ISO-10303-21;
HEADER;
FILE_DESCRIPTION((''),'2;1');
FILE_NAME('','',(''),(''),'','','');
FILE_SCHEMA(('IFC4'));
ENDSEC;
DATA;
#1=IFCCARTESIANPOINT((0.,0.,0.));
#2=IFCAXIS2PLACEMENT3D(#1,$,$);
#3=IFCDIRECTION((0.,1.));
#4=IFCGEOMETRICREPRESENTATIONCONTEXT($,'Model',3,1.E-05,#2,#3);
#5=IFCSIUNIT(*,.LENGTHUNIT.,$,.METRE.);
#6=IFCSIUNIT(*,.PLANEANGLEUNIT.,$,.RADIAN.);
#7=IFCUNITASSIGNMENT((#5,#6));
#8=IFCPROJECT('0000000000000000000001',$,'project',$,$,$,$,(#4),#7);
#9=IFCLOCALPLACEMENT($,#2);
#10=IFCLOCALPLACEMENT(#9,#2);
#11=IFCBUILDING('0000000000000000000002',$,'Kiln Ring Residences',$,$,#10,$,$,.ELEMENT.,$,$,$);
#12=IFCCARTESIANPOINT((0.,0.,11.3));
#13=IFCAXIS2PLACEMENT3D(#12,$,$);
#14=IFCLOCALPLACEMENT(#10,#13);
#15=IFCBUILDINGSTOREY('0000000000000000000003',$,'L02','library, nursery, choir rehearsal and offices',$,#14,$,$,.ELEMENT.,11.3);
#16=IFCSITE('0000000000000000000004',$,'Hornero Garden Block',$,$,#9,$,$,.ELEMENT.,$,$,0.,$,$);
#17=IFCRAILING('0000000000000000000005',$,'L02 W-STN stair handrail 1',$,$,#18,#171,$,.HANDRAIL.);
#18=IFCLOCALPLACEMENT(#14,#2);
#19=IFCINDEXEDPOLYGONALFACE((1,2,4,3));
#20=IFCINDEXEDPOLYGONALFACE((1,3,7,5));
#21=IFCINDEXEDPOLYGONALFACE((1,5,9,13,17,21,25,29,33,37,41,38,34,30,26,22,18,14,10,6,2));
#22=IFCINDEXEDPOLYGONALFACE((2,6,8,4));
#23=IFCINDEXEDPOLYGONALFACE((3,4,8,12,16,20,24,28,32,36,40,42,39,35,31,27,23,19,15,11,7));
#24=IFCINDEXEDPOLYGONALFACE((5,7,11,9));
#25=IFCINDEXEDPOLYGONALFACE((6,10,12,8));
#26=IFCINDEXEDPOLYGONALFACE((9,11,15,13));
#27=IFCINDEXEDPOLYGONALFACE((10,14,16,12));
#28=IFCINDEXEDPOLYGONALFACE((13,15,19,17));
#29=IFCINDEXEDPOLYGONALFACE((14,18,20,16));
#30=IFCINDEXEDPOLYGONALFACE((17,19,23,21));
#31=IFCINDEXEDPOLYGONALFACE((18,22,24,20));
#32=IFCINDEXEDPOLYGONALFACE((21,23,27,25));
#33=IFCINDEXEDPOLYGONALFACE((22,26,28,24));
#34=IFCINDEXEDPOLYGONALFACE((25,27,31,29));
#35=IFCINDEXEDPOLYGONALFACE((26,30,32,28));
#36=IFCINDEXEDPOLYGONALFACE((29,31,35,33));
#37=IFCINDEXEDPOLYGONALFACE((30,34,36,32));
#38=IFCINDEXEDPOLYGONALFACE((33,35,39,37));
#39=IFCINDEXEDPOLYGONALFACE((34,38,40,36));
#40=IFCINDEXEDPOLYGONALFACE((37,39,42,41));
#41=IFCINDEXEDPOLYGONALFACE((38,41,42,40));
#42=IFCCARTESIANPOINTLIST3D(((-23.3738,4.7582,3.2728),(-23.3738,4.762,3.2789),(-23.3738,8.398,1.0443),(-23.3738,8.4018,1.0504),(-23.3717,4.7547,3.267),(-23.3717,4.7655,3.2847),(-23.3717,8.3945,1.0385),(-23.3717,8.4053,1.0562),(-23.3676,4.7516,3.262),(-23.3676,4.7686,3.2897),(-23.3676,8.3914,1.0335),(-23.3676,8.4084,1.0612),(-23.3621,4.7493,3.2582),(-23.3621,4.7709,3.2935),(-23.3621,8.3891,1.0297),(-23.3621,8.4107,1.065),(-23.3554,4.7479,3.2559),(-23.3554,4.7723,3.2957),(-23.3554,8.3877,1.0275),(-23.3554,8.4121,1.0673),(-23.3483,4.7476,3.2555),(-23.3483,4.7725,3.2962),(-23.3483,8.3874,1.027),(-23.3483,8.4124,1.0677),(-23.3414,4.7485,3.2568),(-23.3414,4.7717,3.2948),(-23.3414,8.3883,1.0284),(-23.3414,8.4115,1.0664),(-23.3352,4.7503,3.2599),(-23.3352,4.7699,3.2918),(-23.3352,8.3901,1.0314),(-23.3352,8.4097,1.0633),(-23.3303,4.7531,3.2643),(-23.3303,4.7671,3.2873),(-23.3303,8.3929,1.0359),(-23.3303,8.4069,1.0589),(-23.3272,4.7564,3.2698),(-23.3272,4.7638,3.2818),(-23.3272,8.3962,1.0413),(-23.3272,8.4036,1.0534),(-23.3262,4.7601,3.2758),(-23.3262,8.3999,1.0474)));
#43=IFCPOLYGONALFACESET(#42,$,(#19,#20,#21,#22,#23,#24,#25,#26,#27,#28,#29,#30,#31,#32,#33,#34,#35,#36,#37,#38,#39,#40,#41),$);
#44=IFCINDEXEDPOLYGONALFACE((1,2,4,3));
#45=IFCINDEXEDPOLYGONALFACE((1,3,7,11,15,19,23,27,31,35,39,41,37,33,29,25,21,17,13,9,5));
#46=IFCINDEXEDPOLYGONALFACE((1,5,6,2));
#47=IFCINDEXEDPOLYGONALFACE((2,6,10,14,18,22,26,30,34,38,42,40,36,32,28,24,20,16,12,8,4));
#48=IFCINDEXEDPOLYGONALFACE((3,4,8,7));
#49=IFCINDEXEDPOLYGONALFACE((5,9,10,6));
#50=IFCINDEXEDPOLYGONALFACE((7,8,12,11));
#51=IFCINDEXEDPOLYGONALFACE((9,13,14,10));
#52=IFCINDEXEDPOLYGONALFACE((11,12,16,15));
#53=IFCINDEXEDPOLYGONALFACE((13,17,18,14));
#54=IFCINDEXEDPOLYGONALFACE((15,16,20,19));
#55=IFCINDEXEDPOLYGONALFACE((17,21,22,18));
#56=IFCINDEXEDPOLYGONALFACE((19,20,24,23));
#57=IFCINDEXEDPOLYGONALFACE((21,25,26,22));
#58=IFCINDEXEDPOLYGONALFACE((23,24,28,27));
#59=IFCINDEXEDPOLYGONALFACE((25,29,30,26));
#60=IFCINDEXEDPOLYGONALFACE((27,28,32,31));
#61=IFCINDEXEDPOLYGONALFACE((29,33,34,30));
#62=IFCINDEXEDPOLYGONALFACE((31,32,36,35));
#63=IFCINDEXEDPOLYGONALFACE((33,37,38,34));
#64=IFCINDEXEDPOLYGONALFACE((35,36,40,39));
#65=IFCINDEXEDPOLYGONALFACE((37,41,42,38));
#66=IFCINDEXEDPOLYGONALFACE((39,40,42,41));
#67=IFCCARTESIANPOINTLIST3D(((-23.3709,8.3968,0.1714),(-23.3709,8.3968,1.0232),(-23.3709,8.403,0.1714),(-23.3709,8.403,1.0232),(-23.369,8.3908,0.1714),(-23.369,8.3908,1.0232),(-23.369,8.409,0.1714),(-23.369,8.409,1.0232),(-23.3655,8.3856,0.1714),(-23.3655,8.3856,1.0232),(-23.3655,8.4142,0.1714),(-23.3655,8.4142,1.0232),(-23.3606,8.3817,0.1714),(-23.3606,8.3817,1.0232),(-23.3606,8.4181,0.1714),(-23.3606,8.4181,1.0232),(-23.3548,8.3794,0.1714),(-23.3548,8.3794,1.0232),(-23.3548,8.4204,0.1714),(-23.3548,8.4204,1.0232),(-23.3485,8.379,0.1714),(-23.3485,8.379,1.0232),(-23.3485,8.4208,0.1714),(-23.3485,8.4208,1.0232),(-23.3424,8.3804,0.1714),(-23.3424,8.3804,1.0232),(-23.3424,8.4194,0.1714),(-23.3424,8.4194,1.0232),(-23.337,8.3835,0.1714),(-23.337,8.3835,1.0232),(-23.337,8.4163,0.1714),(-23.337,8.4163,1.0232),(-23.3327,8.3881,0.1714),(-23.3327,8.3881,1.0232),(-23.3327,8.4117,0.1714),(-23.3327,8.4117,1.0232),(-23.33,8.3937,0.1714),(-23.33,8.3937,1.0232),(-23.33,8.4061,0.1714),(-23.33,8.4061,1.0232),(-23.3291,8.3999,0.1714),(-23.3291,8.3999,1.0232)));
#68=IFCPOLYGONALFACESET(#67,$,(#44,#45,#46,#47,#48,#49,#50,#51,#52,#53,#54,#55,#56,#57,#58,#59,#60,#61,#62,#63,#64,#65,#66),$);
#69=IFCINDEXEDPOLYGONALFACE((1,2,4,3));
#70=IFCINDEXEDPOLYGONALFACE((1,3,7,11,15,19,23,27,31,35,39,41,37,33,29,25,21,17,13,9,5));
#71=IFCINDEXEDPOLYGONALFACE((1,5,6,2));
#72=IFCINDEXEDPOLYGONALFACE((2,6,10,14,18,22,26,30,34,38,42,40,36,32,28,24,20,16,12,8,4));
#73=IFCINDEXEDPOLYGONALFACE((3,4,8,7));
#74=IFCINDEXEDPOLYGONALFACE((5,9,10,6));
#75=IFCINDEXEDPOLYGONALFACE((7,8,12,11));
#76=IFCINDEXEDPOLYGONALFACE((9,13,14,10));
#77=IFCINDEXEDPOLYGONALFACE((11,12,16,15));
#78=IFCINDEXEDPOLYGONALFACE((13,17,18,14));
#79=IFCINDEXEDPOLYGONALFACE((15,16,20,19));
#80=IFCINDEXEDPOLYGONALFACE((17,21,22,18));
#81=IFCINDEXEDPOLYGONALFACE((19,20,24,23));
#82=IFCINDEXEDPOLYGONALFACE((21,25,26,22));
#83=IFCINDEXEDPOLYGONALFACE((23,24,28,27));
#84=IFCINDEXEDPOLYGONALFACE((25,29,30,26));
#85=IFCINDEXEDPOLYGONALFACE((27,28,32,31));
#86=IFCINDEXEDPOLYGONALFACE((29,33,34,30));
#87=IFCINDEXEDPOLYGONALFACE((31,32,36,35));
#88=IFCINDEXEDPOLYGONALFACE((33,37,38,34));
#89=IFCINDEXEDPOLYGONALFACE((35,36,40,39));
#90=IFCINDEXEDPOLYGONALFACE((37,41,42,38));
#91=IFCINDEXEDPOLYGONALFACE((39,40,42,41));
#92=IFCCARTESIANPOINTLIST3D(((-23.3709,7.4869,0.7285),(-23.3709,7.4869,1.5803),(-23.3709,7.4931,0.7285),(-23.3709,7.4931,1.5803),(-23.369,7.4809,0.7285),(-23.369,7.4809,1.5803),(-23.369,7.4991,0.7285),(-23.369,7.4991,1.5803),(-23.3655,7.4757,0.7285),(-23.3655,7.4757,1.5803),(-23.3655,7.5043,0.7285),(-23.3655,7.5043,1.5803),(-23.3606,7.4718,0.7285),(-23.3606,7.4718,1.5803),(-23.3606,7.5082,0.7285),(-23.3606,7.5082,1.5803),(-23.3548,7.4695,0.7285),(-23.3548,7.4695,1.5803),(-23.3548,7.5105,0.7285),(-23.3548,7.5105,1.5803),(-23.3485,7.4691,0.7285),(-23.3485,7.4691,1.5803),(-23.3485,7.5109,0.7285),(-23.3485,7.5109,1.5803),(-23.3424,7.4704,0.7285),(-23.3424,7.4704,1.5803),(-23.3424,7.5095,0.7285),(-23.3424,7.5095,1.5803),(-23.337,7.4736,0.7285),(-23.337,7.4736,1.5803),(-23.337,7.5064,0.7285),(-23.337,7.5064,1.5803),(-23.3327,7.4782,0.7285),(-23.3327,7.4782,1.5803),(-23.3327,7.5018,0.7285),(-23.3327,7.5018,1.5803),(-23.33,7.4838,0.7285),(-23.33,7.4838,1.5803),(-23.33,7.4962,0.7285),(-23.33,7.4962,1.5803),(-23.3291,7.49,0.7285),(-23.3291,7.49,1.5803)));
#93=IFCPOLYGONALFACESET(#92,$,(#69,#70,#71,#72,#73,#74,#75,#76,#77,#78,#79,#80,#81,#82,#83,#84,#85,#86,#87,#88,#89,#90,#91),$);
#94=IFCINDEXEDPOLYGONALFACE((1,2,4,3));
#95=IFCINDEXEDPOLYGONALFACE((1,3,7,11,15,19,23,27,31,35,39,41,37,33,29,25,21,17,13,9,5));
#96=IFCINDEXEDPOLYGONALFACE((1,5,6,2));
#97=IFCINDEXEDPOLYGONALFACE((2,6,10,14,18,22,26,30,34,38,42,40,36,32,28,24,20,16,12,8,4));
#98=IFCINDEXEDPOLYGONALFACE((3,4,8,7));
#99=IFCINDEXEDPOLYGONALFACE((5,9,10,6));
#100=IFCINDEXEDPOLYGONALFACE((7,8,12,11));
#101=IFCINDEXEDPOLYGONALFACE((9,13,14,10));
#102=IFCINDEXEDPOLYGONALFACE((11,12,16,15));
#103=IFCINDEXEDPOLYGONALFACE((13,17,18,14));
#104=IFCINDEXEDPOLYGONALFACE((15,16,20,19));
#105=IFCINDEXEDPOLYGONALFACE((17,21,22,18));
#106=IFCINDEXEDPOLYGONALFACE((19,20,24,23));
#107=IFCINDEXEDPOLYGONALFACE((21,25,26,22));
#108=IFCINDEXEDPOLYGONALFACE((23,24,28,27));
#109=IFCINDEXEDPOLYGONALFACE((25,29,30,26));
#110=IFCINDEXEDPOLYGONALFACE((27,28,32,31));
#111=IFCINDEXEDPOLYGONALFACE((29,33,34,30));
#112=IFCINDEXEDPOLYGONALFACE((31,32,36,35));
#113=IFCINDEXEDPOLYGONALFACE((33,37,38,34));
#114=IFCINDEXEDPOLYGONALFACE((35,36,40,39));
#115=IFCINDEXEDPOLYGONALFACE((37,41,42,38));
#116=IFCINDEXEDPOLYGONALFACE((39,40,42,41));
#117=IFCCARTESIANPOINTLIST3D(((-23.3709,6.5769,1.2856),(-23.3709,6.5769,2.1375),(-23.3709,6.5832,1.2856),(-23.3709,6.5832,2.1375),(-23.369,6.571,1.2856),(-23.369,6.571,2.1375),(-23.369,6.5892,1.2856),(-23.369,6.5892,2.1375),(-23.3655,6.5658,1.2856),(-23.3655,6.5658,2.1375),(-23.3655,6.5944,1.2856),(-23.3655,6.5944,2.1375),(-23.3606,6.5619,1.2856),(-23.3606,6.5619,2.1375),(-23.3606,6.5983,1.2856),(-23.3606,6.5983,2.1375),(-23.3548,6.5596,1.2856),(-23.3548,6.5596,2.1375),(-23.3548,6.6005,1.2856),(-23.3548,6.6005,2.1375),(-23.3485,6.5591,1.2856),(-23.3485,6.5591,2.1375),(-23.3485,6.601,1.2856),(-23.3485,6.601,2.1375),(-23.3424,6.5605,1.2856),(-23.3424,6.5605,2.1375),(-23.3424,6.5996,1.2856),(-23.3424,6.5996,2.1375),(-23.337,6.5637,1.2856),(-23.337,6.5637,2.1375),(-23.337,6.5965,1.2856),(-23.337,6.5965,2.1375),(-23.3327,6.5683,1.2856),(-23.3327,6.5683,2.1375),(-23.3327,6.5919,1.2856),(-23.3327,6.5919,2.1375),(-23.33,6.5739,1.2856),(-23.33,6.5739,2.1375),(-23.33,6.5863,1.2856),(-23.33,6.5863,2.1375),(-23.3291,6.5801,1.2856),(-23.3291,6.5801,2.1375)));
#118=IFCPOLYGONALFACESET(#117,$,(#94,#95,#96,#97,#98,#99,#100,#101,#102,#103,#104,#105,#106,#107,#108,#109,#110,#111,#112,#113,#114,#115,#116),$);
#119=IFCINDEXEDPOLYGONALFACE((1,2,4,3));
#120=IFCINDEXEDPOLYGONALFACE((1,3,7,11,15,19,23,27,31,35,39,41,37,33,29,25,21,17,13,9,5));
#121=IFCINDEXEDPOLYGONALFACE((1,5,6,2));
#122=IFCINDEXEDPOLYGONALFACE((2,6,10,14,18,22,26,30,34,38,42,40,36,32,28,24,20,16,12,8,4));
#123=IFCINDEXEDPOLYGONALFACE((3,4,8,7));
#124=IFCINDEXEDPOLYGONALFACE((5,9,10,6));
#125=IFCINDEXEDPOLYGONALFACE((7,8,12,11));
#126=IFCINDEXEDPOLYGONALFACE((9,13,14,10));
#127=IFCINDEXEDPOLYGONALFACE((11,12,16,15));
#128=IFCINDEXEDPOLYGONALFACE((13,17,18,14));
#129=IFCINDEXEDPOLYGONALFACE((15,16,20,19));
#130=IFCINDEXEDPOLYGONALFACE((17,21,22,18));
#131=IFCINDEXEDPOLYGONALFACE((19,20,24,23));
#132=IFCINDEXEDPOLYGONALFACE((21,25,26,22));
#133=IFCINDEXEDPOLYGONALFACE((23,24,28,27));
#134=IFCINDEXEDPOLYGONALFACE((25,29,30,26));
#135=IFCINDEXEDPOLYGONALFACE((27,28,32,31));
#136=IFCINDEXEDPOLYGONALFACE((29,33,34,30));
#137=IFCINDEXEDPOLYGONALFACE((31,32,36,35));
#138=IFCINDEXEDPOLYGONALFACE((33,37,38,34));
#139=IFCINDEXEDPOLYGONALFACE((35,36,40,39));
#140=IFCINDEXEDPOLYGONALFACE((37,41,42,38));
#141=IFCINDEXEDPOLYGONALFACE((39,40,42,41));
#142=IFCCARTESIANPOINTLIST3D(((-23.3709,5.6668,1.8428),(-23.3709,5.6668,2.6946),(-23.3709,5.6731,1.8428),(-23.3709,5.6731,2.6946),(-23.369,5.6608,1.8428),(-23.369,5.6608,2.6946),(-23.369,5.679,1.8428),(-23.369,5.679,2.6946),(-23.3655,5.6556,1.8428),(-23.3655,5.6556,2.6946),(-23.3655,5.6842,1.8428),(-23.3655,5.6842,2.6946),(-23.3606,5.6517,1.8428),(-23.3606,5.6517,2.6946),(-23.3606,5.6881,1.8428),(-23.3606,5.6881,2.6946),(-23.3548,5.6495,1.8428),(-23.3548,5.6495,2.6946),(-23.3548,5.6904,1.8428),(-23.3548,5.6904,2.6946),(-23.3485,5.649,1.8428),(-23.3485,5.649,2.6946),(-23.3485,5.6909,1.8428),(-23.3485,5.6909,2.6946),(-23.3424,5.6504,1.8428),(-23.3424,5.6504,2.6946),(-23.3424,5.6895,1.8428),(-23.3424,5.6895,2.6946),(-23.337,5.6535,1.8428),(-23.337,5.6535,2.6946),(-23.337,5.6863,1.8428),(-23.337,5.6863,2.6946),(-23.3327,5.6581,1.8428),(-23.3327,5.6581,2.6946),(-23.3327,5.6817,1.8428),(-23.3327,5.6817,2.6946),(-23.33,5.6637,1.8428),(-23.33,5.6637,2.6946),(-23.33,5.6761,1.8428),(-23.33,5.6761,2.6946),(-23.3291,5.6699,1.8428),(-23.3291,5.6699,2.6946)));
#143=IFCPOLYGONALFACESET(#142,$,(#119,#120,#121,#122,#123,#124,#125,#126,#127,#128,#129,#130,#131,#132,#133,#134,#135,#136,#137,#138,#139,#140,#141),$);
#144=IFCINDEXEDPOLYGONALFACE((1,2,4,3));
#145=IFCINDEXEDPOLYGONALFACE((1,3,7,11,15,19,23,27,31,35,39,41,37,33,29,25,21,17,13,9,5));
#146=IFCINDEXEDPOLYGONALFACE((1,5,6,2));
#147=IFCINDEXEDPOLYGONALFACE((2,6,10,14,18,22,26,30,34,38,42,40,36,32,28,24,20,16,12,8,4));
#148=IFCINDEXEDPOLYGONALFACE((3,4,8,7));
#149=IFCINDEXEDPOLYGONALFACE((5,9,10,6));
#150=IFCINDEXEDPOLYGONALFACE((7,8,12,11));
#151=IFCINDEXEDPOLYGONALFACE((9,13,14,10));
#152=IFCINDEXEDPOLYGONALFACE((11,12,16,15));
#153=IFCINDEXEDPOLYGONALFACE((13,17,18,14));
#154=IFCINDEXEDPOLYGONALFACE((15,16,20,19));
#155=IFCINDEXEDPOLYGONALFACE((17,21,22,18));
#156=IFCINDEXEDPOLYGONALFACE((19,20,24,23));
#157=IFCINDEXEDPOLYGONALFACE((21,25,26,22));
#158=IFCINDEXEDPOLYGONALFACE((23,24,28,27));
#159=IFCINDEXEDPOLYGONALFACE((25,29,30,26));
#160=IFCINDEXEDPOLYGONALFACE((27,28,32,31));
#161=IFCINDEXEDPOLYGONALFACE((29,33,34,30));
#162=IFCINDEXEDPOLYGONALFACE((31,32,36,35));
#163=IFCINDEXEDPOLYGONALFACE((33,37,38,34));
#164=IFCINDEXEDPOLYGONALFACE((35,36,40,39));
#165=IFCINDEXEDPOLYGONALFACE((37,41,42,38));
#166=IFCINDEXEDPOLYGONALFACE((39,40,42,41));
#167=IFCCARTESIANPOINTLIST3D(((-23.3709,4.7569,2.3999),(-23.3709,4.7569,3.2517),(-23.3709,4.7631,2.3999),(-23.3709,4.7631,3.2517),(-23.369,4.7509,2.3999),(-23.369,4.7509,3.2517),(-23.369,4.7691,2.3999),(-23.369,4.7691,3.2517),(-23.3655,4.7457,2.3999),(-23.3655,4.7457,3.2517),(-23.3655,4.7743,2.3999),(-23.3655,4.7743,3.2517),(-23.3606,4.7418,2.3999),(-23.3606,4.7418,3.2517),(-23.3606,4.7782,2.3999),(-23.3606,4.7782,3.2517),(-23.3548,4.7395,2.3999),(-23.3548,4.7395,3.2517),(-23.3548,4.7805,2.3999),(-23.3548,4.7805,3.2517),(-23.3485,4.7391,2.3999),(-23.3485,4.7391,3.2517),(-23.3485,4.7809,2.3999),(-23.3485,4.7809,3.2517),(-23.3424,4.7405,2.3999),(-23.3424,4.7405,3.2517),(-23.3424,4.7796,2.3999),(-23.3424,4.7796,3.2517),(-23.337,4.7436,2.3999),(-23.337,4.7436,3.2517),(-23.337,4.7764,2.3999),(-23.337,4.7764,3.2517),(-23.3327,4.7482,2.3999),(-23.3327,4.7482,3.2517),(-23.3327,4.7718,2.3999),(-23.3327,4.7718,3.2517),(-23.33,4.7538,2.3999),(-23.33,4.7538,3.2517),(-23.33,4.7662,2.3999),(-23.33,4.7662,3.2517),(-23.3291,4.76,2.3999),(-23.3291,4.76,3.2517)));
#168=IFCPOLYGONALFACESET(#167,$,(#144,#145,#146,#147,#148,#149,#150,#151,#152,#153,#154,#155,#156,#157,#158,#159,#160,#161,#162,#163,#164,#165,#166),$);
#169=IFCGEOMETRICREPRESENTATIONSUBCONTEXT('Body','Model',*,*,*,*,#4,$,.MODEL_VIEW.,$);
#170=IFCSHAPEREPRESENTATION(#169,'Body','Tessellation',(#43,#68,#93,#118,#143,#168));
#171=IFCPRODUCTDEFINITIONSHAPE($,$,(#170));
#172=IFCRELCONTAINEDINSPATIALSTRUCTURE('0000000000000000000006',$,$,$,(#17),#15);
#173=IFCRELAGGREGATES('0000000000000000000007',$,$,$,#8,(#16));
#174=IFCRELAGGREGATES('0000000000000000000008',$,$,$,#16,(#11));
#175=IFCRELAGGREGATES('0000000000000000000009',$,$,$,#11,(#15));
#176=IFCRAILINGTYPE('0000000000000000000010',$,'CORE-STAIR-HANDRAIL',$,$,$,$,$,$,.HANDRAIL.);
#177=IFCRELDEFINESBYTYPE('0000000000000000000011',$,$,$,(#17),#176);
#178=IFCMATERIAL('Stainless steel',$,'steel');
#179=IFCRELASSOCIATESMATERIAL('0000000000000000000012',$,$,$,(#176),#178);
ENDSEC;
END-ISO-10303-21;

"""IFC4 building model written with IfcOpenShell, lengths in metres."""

from ifc_helpers import new_model, si_unit, direction, frame, origin, origin_2d, place, context, subcontext, project, spatial, circle, extrude, material, type_object, element, save


model = new_model("IFC4")

# Units and contexts
model_context = context("Model", 3, precision=1e-05, world=origin(), true_north=direction((0.0, 1.0)))
body_context = subcontext(model_context, "Body", "Model", "MODEL_VIEW")
ifc_project = project(units=[si_unit("LENGTHUNIT", "METRE"), si_unit("PLANEANGLEUNIT", "RADIAN")], contexts=[model_context])

# Site, building, storey
site_placement = place(None, origin())
site = spatial("IfcSite", under=ifc_project, at=site_placement, Name="Hornero Garden Block", CompositionType="ELEMENT", RefElevation=0.0)
building_placement = place(site_placement, origin())
building = spatial("IfcBuilding", under=site, at=building_placement, Name="Kiln Ring Residences", CompositionType="ELEMENT")
storey_placement = place(building_placement, frame((0.0, 0.0, 11.3)))
storey = spatial("IfcBuildingStorey", under=building, at=storey_placement, Name="L02", Description="library, nursery, choir rehearsal and offices", CompositionType="ELEMENT", Elevation=11.3)

# Railing
ifc_material_1 = material(Name="Stainless steel", Category="steel")
railing_type_1 = type_object("IfcRailingType", Name="CORE-STAIR-HANDRAIL", PredefinedType="HANDRAIL", material=ifc_material_1)
railing_1_placement = place(storey_placement, frame((-23.3501, 8.3999, 0.1714)))
element("IfcRailing", 1, at=railing_1_placement, inside=storey, type_object=railing_type_1, Name="L02 W-STN stair handrail 1", PredefinedType="HANDRAIL", context=body_context, shape_type="SweptSolid", body=[
    extrude(circle(Radius=0.0239, at=origin_2d()), frame((0.0, 0.0, 0.876), z_axis=(0.0, -0.85285, 0.522156), x_axis=(1.0, 0.0, 0.0)), (0.0, 0.0, 1.0), 4.2678),
    extrude(circle(Radius=0.021, at=origin_2d()), origin(), (0.0, 0.0, 1.0), 0.8518),
    extrude(circle(Radius=0.021, at=origin_2d()), frame((0.0, -0.9099, 0.5571)), (0.0, 0.0, 1.0), 0.8518),
    extrude(circle(Radius=0.021, at=origin_2d()), frame((0.0, -1.8198, 1.1143)), (0.0, 0.0, 1.0), 0.8518),
    extrude(circle(Radius=0.021, at=origin_2d()), frame((0.0, -2.73, 1.6714)), (0.0, 0.0, 1.0), 0.8518),
    extrude(circle(Radius=0.021, at=origin_2d()), frame((0.0, -3.6399, 2.2285)), (0.0, 0.0, 1.0), 0.8518),
])

save(model, "model.ifc")
